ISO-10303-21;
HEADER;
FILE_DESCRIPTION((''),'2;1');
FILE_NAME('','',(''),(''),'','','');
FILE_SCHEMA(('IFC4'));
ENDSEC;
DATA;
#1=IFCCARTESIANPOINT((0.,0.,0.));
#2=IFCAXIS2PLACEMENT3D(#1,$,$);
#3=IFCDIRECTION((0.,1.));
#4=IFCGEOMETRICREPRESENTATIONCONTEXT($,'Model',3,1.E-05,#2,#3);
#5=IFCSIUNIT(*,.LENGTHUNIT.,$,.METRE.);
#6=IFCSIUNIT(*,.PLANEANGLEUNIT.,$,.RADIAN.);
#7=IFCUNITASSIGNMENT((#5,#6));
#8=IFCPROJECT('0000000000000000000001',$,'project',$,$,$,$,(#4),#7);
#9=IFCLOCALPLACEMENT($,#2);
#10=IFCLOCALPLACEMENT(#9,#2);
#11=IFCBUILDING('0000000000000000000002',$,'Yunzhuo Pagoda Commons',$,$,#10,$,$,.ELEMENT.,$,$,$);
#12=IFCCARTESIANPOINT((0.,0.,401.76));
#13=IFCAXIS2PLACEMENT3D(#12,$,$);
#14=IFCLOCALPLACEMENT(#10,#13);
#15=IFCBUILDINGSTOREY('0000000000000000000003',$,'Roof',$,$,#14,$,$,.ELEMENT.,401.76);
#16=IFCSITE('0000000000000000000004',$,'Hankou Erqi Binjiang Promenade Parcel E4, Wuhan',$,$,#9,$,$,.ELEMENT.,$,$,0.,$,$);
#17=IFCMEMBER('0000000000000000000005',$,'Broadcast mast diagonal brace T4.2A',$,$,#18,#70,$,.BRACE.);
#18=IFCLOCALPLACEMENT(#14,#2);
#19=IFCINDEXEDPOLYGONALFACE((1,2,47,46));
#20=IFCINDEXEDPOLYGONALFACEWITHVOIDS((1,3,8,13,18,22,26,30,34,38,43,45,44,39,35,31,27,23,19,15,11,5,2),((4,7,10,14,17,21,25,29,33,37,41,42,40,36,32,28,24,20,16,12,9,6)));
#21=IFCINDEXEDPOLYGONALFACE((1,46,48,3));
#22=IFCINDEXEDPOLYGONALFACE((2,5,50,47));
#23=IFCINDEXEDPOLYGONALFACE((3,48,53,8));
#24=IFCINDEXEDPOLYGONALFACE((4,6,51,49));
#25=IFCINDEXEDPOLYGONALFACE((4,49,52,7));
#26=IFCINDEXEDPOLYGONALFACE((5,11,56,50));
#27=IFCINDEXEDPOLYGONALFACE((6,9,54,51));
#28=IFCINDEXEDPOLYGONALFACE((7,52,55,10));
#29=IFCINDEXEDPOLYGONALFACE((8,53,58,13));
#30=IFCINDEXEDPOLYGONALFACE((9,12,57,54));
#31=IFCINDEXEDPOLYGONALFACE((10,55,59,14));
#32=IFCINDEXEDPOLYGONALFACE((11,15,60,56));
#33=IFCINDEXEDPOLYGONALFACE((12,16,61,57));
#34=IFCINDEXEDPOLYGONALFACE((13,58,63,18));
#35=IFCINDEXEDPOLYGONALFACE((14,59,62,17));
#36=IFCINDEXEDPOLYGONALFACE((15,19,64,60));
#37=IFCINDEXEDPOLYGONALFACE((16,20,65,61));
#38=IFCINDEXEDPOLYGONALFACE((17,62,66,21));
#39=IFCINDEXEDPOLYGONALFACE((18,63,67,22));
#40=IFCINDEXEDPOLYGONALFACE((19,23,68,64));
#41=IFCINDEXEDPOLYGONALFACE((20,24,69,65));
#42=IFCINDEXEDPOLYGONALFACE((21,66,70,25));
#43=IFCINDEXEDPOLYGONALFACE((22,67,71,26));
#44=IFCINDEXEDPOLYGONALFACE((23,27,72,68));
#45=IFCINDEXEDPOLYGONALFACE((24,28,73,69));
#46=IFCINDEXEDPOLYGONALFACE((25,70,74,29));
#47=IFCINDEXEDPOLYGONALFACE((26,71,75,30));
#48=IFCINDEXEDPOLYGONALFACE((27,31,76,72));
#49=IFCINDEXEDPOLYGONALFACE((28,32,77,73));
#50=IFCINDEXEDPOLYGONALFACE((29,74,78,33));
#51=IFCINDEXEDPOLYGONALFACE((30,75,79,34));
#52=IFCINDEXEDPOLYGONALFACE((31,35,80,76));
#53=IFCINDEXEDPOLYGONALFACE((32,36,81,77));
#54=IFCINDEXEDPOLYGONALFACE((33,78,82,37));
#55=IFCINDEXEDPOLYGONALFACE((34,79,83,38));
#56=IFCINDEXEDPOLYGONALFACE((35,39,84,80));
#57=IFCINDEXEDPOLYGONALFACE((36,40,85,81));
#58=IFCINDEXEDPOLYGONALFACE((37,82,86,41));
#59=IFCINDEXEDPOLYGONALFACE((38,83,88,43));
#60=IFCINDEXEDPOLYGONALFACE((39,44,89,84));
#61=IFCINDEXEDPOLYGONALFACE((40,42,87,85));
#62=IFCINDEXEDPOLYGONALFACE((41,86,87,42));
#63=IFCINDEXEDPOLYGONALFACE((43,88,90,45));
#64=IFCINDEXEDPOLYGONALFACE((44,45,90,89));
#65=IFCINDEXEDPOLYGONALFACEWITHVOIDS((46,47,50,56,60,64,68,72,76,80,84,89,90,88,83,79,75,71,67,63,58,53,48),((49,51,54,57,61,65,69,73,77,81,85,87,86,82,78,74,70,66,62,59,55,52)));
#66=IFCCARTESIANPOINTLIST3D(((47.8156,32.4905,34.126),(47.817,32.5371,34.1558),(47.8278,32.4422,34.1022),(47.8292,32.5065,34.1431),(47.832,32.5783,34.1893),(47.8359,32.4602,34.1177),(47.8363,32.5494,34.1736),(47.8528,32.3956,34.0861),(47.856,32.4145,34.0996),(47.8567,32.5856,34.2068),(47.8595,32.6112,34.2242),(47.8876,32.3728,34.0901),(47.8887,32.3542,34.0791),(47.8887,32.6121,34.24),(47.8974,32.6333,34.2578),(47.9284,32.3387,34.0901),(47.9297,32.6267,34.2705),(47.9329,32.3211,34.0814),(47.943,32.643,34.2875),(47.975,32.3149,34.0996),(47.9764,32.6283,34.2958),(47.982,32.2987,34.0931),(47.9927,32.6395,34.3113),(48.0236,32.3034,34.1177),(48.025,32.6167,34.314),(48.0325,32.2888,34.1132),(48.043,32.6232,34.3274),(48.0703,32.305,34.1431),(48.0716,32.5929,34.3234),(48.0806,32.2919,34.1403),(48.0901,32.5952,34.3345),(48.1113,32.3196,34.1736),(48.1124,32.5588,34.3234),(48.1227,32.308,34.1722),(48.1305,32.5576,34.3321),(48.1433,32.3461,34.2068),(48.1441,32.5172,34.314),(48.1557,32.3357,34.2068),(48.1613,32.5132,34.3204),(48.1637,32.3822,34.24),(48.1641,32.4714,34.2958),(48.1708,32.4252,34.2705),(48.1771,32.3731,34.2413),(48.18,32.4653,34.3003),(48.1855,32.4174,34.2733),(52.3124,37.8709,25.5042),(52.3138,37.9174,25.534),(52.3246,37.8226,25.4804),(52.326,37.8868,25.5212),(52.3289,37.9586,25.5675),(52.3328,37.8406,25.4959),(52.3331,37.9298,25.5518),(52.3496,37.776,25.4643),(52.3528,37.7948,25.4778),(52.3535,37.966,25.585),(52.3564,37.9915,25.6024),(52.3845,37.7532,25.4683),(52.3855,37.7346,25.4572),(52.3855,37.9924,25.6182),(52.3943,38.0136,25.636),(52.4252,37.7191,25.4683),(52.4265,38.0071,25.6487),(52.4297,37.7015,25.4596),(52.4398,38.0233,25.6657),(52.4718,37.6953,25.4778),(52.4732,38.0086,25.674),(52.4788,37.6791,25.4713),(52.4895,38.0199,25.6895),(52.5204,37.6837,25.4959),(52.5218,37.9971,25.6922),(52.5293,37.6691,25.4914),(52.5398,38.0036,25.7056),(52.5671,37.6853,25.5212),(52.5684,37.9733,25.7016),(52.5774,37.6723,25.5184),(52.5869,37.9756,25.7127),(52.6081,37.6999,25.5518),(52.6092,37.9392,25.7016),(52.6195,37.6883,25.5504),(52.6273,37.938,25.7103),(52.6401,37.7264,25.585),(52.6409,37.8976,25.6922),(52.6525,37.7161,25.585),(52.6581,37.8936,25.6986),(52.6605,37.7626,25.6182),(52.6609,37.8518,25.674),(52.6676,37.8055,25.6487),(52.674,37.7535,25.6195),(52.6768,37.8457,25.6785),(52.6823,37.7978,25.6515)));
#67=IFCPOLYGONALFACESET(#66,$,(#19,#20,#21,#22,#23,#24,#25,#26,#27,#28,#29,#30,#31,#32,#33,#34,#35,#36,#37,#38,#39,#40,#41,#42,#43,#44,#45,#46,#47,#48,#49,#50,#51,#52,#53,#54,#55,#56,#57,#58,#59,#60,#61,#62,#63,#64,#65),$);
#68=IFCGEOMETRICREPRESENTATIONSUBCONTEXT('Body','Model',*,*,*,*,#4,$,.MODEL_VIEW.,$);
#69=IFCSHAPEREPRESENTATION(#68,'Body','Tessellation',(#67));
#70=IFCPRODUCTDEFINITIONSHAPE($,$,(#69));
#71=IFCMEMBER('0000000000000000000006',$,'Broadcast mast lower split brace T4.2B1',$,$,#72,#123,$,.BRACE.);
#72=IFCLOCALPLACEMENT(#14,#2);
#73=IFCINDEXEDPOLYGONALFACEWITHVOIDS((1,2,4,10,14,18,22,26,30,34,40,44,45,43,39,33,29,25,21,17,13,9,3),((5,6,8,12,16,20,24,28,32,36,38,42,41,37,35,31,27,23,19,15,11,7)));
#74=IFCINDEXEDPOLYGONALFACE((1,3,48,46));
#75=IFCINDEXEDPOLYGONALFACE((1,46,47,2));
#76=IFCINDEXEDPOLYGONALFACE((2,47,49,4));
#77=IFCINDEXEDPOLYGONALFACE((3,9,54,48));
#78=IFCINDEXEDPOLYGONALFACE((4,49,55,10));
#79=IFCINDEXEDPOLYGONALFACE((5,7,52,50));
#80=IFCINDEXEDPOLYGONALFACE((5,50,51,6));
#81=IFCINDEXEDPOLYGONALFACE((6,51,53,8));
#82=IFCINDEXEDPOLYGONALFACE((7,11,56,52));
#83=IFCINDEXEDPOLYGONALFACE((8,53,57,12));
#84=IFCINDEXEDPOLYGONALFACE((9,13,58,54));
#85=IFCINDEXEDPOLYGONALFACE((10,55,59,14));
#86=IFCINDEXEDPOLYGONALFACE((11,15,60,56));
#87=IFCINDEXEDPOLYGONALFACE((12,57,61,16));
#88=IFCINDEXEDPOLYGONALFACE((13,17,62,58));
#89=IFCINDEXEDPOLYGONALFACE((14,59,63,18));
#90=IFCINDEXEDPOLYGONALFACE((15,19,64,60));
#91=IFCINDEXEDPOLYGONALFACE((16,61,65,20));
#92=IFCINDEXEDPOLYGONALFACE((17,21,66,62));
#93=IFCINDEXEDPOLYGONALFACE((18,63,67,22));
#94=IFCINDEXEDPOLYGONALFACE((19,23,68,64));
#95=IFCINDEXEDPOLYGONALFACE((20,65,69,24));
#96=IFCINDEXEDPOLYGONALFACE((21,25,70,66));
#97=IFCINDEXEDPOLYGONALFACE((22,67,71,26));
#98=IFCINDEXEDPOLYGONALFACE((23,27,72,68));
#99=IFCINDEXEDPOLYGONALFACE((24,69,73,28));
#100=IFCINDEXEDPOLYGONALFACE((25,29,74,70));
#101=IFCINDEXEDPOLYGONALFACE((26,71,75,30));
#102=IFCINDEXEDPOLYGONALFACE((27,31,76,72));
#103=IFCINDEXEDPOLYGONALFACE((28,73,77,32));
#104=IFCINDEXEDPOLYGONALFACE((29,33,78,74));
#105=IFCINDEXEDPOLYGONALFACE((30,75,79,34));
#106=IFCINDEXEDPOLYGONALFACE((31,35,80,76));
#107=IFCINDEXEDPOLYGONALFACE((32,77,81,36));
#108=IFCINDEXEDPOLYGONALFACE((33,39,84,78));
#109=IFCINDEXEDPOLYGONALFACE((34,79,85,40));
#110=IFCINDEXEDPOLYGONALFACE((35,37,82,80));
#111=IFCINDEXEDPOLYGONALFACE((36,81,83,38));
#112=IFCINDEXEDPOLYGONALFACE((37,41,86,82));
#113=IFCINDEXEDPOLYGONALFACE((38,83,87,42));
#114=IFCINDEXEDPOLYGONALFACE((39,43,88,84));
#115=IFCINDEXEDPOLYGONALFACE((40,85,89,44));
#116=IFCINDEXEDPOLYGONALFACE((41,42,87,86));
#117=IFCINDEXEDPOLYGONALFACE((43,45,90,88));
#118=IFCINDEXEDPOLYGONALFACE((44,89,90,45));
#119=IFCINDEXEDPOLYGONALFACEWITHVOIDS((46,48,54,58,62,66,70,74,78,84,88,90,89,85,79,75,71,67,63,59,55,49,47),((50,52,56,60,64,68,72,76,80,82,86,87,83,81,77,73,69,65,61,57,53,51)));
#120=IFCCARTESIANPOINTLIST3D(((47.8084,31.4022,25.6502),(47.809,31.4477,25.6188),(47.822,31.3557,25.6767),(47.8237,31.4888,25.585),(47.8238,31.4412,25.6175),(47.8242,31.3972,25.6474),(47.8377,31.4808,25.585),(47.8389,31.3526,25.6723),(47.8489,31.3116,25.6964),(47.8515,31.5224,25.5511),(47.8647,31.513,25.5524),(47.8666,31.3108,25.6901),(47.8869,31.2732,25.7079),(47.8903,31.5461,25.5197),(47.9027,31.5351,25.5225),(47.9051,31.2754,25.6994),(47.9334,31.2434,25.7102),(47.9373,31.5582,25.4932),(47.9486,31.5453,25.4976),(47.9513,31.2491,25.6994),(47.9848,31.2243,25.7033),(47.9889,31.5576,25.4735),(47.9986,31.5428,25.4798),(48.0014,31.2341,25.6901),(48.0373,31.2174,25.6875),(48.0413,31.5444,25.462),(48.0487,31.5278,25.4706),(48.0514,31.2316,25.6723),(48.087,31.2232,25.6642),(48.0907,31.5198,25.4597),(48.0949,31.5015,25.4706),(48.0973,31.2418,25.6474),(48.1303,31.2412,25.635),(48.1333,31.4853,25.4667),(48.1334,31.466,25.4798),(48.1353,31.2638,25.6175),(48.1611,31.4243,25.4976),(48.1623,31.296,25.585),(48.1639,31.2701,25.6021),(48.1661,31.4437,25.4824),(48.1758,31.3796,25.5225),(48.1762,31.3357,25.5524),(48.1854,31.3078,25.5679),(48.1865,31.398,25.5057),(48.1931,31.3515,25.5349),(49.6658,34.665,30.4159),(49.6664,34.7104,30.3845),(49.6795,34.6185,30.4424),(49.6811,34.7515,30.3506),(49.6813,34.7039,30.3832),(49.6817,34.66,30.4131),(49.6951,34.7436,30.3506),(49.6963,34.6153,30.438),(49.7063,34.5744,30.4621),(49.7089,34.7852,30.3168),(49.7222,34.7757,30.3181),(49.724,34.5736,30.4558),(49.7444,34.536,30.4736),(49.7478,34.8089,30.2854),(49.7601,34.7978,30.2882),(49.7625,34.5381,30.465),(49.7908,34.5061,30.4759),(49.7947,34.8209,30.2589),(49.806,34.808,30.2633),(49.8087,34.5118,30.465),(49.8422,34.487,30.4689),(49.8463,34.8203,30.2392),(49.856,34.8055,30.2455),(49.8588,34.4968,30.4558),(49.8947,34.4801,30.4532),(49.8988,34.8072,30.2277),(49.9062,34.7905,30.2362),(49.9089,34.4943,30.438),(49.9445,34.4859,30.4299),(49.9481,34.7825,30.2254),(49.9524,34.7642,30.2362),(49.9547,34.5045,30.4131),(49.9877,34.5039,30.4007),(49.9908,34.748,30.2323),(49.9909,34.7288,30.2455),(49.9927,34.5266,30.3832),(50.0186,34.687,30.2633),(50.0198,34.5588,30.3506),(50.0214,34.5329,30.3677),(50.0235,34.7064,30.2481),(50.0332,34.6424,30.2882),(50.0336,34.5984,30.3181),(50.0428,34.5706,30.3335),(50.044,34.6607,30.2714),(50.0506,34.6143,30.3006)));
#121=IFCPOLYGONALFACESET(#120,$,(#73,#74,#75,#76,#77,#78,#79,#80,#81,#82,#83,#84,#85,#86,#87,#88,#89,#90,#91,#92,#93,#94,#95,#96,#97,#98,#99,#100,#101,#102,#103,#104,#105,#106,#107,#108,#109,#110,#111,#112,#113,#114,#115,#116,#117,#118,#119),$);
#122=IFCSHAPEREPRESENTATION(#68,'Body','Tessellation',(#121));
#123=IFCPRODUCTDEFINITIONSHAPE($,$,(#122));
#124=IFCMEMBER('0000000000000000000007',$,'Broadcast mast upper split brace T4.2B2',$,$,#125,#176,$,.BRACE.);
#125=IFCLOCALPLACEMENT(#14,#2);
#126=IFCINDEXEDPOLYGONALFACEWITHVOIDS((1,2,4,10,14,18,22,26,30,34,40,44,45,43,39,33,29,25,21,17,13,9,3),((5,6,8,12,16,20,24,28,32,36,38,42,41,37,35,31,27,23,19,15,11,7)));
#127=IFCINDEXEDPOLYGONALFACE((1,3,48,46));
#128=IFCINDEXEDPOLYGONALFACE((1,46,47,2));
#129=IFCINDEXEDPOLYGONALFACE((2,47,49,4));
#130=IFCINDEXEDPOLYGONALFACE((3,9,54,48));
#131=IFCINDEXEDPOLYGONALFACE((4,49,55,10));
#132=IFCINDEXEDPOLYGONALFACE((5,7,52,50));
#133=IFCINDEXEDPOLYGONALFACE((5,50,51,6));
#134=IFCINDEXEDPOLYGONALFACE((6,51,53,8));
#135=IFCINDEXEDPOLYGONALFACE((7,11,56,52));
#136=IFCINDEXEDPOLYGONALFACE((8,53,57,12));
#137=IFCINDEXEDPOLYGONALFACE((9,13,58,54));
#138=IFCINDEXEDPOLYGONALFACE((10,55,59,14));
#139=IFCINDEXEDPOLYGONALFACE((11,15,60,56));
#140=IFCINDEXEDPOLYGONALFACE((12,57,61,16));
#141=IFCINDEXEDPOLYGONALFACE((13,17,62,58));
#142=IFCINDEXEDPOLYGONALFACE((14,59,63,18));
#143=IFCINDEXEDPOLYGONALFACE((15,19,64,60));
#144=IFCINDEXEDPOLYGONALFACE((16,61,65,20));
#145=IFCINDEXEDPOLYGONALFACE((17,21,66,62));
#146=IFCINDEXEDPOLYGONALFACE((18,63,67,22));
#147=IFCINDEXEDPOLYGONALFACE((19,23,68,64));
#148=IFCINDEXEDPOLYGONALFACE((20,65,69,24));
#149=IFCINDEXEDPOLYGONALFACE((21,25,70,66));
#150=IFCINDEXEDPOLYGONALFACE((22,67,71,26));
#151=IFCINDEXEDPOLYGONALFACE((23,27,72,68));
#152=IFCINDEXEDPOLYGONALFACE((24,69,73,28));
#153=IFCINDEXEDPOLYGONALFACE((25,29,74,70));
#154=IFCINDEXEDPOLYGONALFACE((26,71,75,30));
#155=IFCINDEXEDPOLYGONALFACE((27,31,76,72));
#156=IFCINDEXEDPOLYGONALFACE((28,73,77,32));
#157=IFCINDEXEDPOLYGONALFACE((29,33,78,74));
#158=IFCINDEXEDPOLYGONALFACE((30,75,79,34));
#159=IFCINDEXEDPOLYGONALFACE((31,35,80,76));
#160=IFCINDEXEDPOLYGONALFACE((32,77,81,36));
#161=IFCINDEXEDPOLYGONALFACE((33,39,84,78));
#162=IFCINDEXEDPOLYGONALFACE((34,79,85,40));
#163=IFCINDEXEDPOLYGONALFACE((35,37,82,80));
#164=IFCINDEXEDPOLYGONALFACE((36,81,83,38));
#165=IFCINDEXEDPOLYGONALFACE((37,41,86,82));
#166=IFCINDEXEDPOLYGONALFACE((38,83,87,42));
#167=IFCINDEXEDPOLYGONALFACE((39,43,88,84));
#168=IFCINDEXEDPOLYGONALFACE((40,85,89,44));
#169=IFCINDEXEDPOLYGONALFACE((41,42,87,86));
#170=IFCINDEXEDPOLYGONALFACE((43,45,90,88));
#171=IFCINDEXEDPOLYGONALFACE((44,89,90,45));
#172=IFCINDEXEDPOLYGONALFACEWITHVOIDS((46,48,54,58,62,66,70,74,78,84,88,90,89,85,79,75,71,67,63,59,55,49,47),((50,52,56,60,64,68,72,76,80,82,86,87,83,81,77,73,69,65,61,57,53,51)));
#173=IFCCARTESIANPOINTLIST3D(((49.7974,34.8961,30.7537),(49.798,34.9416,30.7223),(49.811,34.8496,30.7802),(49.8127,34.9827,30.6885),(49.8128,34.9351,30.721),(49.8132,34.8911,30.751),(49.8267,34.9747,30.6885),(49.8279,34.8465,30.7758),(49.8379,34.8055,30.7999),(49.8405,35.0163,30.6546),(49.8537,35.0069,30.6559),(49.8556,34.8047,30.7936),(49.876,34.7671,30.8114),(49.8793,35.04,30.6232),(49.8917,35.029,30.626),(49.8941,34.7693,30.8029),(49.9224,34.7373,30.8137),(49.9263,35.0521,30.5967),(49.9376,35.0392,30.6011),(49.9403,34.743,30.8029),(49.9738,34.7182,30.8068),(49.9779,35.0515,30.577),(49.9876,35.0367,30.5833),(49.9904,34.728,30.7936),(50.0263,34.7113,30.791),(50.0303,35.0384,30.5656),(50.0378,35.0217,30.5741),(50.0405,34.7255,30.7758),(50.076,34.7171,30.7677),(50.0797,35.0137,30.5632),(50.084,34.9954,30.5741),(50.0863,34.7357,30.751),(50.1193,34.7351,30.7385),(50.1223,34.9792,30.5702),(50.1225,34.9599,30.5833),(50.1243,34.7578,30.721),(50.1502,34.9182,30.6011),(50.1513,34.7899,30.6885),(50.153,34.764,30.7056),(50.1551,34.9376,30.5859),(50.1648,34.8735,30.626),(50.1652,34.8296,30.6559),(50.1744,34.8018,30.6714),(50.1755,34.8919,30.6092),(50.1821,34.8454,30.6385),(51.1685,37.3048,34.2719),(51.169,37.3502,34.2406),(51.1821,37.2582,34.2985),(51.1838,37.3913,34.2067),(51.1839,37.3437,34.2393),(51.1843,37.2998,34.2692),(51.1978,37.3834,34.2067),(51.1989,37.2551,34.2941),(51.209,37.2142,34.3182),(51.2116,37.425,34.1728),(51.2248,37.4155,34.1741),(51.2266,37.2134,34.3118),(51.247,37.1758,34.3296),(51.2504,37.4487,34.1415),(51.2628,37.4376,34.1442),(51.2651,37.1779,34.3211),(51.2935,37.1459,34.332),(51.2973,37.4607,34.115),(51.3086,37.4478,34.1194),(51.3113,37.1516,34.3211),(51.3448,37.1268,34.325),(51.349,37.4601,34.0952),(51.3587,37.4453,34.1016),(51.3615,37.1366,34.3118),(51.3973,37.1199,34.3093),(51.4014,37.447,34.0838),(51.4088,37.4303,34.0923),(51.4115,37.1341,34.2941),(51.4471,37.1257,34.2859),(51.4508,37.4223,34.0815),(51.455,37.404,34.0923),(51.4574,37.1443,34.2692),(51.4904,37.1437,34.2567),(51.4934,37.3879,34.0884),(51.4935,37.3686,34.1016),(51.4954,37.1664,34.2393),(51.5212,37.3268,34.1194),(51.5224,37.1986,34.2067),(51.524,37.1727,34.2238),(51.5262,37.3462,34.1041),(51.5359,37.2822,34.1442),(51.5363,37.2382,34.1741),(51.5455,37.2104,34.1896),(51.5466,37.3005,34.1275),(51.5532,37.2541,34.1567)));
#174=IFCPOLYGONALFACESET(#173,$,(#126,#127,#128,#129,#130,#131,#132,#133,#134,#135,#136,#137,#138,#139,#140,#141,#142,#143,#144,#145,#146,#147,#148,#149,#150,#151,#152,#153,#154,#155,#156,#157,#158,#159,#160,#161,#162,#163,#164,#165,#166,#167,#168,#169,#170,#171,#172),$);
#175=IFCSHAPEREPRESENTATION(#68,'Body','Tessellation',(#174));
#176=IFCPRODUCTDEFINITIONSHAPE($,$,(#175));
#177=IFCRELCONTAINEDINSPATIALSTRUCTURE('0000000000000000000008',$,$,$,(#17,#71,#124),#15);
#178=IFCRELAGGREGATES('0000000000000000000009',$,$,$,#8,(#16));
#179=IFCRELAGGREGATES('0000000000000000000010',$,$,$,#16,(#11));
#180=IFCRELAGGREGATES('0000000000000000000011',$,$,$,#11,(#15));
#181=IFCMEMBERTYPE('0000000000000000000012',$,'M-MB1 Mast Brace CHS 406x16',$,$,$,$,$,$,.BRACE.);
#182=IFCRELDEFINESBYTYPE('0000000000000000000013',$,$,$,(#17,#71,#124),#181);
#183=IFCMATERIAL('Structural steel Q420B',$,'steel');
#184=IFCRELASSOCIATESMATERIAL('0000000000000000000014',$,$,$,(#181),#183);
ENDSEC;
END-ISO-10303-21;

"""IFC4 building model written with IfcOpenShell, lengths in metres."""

from ifc_helpers import new_model, si_unit, direction, frame, origin, origin_2d, place, context, subcontext, project, spatial, hollow_circle, extrude, source, transform, mapped, material, material_profile, profile_set, type_object, element, save


model = new_model("IFC4")

# Units and contexts
model_context = context("Model", 3, precision=1e-05, world=origin(), true_north=direction((0.0, 1.0)))
body_context = subcontext(model_context, "Body", "Model", "MODEL_VIEW")
ifc_project = project(units=[si_unit("LENGTHUNIT", "METRE"), si_unit("PLANEANGLEUNIT", "RADIAN")], contexts=[model_context])

# Site, building, storey
site_placement = place(None, origin())
site = spatial("IfcSite", under=ifc_project, at=site_placement, Name="Hankou Erqi Binjiang Promenade Parcel E4, Wuhan", CompositionType="ELEMENT", RefElevation=0.0)
building_placement = place(site_placement, origin())
building = spatial("IfcBuilding", under=site, at=building_placement, Name="Yunzhuo Pagoda Commons", CompositionType="ELEMENT")
storey_placement = place(building_placement, frame((0.0, 0.0, 401.76)))
storey = spatial("IfcBuildingStorey", under=building, at=storey_placement, Name="Roof", CompositionType="ELEMENT", Elevation=401.76)

# Members
ifc_material_1 = material(Name="Structural steel Q420B", Category="steel")
ifc_material_profile_1 = material_profile(ifc_material_1, hollow_circle(Radius=0.2029, WallThickness=0.0161, at=origin_2d()), Name="Structural steel Q420B")
ifc_profile_set_1 = profile_set([ifc_material_profile_1], Name="Structural steel Q420B")
member_type_1 = type_object("IfcMemberType", Name="M-MB1 Mast Brace CHS 406x16", PredefinedType="BRACE", material=ifc_profile_set_1)
shared_shape_1 = source(origin(), body_context, "Body", "SweptSolid", [
    extrude(hollow_circle(Radius=0.2029, WallThickness=0.0161, at=origin_2d()), origin(), (0.0, 0.0, 1.0), 11.1133),
])
member_1_placement = place(storey_placement, frame((52.4968, 37.8462, 25.585), z_axis=(-0.404634, -0.484137, 0.775811), x_axis=(0.767296, -0.641293, 0.0)))
element("IfcMember", 1, at=member_1_placement, inside=storey, type_object=member_type_1, Name="Broadcast mast diagonal brace T4.2A", PredefinedType="BRACE", context=body_context, shape_type="MappedRepresentation", body=[
    mapped(shared_shape_1, transform((0.0, 0.0, 0.0), scale=1.0)),
])
shared_shape_2 = source(origin(), body_context, "Body", "SweptSolid", [
    extrude(hollow_circle(Radius=0.2029, WallThickness=0.0161, at=origin_2d()), origin(), (0.0, 0.0, 1.0), 6.0669),
])
member_2_placement = place(storey_placement, frame((48.0, 31.3884, 25.585), z_axis=(0.30616, 0.537793, 0.785522), x_axis=(-0.869042, 0.494738, 0.0)))
element("IfcMember", 2, at=member_2_placement, inside=storey, type_object=member_type_1, Name="Broadcast mast lower split brace T4.2B1", PredefinedType="BRACE", context=body_context, shape_type="MappedRepresentation", body=[
    mapped(shared_shape_2, transform((0.0, 0.0, 0.0), scale=1.0)),
])
shared_shape_3 = source(origin(), body_context, "Body", "SweptSolid", [
    extrude(hollow_circle(Radius=0.2029, WallThickness=0.0161, at=origin_2d()), origin(), (0.0, 0.0, 1.0), 4.4788),
])
member_3_placement = place(storey_placement, frame((49.989, 34.8823, 30.6885), z_axis=(0.306125, 0.537791, 0.785537), x_axis=(-0.869066, 0.494696, 0.0)))
element("IfcMember", 3, at=member_3_placement, inside=storey, type_object=member_type_1, Name="Broadcast mast upper split brace T4.2B2", PredefinedType="BRACE", context=body_context, shape_type="MappedRepresentation", body=[
    mapped(shared_shape_3, transform((0.0, 0.0, 0.0), scale=1.0)),
])

save(model, "model.ifc")
